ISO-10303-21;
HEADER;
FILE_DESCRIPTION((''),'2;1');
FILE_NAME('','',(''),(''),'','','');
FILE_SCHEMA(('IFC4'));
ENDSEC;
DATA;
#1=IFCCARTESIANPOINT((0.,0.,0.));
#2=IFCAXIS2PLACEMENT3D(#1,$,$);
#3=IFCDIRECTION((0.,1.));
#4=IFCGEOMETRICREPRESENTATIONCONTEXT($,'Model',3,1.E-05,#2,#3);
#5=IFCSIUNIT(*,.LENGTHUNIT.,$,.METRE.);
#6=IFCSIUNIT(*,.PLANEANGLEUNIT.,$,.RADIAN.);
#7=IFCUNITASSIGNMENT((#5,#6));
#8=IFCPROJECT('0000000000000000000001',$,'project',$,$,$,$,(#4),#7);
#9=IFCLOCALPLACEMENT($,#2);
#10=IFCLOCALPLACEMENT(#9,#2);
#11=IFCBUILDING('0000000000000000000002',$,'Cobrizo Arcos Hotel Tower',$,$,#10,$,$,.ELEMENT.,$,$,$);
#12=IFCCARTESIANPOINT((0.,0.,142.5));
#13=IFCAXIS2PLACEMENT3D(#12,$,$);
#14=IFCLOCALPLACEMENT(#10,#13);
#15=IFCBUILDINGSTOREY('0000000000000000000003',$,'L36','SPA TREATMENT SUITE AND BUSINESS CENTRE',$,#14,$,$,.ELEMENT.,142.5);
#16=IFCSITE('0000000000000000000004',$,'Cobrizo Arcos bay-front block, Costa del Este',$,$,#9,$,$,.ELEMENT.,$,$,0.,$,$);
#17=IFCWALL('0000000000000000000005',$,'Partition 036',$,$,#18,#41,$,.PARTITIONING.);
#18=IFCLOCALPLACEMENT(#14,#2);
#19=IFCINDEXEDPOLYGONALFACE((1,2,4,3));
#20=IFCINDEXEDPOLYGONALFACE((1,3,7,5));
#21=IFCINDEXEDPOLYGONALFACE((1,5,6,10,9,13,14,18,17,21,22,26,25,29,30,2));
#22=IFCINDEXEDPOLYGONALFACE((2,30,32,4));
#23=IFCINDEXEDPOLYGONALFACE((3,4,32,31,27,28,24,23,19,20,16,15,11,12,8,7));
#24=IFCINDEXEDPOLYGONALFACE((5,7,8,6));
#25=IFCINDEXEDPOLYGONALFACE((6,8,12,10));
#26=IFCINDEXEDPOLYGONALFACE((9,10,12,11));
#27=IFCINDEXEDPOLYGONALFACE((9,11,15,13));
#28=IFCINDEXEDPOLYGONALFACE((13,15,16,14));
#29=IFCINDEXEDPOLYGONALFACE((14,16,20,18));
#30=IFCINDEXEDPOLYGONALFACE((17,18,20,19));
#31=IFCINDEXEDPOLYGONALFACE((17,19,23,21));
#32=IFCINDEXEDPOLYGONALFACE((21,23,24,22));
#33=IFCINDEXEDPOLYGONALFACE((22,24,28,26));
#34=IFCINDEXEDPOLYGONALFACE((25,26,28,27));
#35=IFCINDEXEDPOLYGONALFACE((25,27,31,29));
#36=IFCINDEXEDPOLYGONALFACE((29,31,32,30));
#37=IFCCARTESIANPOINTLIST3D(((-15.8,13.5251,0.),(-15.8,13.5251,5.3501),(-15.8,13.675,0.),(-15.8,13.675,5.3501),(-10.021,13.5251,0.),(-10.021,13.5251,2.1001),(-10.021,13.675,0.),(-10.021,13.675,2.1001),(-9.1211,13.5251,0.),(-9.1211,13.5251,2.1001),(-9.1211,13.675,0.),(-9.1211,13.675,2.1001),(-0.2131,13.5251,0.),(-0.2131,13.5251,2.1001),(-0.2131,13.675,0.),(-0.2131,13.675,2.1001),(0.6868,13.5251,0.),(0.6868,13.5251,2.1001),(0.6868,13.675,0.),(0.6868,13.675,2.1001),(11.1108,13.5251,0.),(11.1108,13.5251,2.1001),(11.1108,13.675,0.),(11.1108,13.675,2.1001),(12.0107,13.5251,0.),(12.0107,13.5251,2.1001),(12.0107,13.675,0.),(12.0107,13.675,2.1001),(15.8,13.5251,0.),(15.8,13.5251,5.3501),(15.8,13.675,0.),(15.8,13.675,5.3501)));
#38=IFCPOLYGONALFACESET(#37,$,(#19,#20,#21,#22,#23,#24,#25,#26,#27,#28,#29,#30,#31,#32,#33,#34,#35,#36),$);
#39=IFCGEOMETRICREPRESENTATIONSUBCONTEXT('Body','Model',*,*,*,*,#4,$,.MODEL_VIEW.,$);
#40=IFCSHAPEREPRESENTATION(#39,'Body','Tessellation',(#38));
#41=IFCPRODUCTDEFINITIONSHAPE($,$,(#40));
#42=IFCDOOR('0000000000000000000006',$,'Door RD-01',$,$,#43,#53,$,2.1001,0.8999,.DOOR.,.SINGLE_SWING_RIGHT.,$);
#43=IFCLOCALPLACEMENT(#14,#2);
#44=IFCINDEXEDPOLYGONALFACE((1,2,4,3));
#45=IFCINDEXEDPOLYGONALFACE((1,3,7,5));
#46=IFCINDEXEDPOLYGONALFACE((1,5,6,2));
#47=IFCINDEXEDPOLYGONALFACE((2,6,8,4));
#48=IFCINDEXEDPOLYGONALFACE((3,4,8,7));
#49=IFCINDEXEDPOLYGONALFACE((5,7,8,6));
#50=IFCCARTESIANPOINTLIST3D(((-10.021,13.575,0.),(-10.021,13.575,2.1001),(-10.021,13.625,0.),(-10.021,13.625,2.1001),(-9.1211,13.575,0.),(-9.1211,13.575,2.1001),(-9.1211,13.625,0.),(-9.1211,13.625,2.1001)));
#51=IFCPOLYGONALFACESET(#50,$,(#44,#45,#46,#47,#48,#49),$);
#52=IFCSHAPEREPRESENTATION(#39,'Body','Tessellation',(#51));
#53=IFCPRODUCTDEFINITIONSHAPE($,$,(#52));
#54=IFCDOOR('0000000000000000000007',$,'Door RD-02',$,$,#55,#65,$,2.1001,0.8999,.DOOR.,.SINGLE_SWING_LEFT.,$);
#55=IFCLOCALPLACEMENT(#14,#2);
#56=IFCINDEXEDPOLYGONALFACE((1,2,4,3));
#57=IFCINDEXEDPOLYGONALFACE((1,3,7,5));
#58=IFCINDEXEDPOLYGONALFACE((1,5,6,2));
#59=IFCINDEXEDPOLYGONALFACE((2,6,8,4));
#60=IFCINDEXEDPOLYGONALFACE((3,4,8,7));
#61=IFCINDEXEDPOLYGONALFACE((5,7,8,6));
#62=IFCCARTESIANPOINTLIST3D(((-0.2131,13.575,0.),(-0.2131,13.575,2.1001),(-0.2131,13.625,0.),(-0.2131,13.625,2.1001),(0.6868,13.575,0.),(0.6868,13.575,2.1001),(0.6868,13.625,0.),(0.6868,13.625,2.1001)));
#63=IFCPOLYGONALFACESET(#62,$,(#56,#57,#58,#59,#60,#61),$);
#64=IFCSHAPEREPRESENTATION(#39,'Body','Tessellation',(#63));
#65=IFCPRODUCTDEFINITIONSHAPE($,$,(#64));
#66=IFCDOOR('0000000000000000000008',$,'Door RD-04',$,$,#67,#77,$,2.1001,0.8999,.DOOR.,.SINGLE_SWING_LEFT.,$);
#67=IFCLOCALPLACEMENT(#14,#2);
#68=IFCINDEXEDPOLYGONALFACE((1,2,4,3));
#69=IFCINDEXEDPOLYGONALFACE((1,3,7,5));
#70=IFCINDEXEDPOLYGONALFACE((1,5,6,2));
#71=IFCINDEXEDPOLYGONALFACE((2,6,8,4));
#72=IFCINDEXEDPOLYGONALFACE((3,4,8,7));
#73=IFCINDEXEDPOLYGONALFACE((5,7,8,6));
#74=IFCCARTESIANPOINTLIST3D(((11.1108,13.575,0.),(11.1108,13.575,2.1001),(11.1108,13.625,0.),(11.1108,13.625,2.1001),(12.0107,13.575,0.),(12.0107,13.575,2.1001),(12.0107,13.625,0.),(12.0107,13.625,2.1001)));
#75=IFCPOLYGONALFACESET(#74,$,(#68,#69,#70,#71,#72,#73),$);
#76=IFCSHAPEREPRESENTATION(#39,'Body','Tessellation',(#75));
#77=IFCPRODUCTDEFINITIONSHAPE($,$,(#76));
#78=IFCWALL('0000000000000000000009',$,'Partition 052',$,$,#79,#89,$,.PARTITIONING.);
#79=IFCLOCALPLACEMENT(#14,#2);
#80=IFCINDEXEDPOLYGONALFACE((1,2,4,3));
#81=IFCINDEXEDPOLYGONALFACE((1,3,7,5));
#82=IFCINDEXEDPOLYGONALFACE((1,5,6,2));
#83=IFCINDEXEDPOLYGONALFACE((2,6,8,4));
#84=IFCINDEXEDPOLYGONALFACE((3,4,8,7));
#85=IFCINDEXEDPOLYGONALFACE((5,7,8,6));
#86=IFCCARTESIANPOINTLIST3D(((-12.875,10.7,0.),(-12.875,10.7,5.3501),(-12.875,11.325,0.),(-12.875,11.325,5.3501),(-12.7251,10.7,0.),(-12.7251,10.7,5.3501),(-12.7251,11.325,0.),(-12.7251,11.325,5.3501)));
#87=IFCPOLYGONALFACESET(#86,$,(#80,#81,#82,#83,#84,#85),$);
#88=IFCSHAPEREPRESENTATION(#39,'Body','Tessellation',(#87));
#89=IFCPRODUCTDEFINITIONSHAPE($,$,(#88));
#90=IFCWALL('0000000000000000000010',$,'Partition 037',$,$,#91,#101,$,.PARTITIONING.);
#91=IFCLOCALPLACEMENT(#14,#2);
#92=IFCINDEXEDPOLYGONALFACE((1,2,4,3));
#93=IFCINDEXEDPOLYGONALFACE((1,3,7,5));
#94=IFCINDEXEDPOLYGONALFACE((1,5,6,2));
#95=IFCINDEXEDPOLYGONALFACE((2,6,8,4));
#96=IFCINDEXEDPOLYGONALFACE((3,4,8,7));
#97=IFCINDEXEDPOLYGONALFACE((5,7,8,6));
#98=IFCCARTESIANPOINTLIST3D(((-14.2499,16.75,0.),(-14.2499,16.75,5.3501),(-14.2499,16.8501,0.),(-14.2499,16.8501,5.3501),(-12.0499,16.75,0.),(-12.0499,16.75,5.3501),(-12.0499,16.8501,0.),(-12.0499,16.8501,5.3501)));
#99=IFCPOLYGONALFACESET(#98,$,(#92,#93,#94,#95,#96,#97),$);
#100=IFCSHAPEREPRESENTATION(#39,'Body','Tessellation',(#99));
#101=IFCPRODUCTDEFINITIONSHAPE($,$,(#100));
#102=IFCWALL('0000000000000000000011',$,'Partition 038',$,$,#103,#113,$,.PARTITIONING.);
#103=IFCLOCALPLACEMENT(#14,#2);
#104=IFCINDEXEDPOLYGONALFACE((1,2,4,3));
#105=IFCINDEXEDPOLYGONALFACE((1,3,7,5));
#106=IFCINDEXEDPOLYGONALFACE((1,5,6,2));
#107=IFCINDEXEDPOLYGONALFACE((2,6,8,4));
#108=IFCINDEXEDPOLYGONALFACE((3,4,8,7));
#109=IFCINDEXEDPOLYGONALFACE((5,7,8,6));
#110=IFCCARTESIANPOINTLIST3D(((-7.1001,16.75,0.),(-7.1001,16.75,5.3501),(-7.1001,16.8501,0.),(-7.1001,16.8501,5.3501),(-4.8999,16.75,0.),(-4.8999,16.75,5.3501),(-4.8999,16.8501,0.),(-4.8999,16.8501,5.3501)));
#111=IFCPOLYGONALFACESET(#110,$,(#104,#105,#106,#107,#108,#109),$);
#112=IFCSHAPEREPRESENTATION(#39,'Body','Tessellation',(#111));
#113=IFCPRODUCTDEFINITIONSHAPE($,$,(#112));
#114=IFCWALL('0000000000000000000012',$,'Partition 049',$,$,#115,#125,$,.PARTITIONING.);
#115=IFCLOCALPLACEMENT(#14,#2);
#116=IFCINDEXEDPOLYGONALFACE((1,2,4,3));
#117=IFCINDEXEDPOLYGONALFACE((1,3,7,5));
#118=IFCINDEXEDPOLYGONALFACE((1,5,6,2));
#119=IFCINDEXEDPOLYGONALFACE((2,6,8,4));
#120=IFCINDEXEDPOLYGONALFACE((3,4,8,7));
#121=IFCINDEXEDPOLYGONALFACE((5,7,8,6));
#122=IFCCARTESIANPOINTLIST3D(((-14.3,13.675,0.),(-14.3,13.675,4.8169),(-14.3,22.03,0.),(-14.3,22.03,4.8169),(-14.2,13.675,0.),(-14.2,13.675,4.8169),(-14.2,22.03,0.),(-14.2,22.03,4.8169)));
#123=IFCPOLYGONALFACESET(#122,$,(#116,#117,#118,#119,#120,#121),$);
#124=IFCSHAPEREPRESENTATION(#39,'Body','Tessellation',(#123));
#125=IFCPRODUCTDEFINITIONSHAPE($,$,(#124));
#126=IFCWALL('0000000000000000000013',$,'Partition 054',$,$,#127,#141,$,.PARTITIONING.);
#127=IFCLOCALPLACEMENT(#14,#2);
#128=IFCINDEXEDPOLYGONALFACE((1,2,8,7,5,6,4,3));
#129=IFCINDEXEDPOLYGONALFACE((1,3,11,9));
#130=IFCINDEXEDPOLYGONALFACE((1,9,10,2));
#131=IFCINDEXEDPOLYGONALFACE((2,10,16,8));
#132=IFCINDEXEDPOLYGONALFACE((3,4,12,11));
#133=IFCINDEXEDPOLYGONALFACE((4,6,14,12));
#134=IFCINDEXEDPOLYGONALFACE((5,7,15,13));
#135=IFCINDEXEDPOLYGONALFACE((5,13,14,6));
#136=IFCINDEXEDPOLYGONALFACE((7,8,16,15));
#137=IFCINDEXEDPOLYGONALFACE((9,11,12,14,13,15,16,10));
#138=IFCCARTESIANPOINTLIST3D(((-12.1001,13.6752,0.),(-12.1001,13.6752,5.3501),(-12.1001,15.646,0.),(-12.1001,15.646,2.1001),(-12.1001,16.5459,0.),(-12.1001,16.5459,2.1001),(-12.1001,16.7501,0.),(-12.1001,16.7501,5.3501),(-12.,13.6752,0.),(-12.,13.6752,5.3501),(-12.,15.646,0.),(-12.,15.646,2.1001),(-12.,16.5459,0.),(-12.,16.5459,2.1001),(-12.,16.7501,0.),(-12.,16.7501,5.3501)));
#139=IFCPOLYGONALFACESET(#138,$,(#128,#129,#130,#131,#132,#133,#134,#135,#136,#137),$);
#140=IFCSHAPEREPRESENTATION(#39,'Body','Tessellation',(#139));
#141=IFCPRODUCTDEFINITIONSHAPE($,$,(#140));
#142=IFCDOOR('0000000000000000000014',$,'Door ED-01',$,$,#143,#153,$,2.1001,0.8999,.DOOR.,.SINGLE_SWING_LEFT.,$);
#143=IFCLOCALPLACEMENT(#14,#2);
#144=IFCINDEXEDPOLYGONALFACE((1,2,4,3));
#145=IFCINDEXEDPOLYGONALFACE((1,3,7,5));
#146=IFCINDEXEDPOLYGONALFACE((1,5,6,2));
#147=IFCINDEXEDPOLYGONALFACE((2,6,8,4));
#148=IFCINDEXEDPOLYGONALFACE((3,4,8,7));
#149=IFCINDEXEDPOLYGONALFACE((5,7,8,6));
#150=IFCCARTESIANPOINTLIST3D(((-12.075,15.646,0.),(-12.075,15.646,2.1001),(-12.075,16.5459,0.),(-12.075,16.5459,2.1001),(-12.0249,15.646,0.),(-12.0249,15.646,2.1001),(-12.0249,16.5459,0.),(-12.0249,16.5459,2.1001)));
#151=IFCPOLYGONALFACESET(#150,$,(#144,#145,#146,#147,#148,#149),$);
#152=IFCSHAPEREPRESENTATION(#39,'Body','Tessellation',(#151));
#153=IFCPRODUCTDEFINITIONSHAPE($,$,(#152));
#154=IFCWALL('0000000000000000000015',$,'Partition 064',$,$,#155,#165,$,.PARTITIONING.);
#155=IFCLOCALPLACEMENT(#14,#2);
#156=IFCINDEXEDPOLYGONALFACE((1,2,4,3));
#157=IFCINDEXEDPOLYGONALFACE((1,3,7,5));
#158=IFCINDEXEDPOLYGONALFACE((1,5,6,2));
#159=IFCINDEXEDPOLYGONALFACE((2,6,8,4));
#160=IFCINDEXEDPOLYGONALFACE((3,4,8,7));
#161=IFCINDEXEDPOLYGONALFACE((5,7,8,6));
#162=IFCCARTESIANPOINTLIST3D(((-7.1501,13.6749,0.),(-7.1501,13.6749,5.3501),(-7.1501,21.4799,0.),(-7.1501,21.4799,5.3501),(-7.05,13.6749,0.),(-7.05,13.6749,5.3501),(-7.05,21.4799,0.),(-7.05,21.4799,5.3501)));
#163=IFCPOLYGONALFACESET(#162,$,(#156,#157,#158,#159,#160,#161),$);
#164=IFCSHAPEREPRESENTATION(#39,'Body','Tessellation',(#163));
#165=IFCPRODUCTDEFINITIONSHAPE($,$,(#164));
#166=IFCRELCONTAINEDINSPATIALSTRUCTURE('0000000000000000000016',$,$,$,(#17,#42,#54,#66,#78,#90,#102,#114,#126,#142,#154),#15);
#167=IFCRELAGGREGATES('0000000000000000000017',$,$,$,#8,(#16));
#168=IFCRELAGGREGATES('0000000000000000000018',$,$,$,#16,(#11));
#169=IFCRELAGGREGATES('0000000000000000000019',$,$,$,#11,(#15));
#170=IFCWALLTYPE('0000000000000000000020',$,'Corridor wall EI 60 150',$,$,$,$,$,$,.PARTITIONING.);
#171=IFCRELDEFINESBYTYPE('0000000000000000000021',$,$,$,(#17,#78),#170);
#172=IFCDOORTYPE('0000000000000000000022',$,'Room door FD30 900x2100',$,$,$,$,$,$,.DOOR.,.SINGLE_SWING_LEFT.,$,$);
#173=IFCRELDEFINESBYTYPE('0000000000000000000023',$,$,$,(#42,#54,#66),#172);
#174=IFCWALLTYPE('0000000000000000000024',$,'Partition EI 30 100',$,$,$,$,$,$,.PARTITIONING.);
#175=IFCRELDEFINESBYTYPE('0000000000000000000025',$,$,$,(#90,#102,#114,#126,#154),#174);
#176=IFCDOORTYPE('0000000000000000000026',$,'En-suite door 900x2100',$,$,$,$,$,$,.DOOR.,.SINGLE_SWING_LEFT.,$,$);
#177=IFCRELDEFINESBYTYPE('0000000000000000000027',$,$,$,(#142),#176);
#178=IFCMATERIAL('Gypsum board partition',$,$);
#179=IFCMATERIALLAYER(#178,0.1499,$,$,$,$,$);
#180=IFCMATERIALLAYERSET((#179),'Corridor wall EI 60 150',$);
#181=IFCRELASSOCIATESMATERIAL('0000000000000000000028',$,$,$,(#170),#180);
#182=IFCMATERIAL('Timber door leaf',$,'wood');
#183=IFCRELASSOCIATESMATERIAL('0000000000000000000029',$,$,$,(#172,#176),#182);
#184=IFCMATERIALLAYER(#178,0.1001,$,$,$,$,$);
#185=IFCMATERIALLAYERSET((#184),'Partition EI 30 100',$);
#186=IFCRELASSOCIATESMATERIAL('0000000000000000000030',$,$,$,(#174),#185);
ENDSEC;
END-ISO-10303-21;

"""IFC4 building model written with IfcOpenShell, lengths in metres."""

from ifc_helpers import new_model, si_unit, direction, frame, frame_2d, origin, place, context, subcontext, project, spatial, rectangle, extrude, material, layer, layer_set, type_object, element, fill, save


model = new_model("IFC4")

# Units and contexts
model_context = context("Model", 3, precision=1e-05, world=origin(), true_north=direction((0.0, 1.0)))
body_context = subcontext(model_context, "Body", "Model", "MODEL_VIEW")
ifc_project = project(units=[si_unit("LENGTHUNIT", "METRE"), si_unit("PLANEANGLEUNIT", "RADIAN")], contexts=[model_context])

# Site, building, storey
site_placement = place(None, origin())
site = spatial("IfcSite", under=ifc_project, at=site_placement, Name="Cobrizo Arcos bay-front block, Costa del Este", CompositionType="ELEMENT", RefElevation=0.0)
building_placement = place(site_placement, origin())
building = spatial("IfcBuilding", under=site, at=building_placement, Name="Cobrizo Arcos Hotel Tower", CompositionType="ELEMENT")
storey_placement = place(building_placement, frame((0.0, 0.0, 142.5)))
storey = spatial("IfcBuildingStorey", under=building, at=storey_placement, Name="L36", Description="SPA TREATMENT SUITE AND BUSINESS CENTRE", CompositionType="ELEMENT", Elevation=142.5)

# Shared definitions
ifc_material_1 = material(Name="Gypsum board partition")
ifc_layer_1 = layer(ifc_material_1, 0.1499)
ifc_layer_set_1 = layer_set([ifc_layer_1], Name="Corridor wall EI 60 150")
wall_type_1 = type_object("IfcWallType", Name="Corridor wall EI 60 150", PredefinedType="PARTITIONING", material=ifc_layer_set_1)
ifc_material_2 = material(Name="Timber door leaf", Category="wood")
door_type_1 = type_object("IfcDoorType", Name="Room door FD30 900x2100", OperationType="SINGLE_SWING_LEFT", PredefinedType="DOOR", material=ifc_material_2)

# Wall, openings, doors
wall_1_placement = place(storey_placement, frame((-15.8, 13.6001, 0.0), z_axis=(0.0, 0.0, 1.0), x_axis=(1.0, 0.0, 0.0)))
wall_1 = element("IfcWall", 1, at=wall_1_placement, inside=storey, type_object=wall_type_1, Name="Partition 036", PredefinedType="PARTITIONING", context=body_context, shape_type="SweptSolid", body=[
    extrude(rectangle(XDim=31.6001, YDim=0.1499, at=frame_2d((15.8, 0.0))), origin(), (0.0, 0.0, 1.0), 5.3501),
])
opening_1_placement = place(wall_1_placement, frame((5.7791, 0.0, 0.0)))
opening_1 = element("IfcOpeningElement", 2, at=opening_1_placement, cuts=wall_1, PredefinedType="OPENING", context=body_context, shape_type="SweptSolid", body=[
    extrude(rectangle(XDim=0.8999, YDim=2.1001, at=frame_2d((0.45, 1.05))), frame((0.0, 0.0869, 0.0), z_axis=(0.0, -1.0, 0.0), x_axis=(1.0, 0.0, 0.0)), (0.0, 0.0, 1.0), 0.1738),
])
opening_2_placement = place(wall_1_placement, frame((15.5869, 0.0, 0.0)))
opening_2 = element("IfcOpeningElement", 3, at=opening_2_placement, cuts=wall_1, PredefinedType="OPENING", context=body_context, shape_type="SweptSolid", body=[
    extrude(rectangle(XDim=0.8999, YDim=2.1001, at=frame_2d((0.45, 1.05))), frame((0.0, 0.0869, 0.0), z_axis=(0.0, -1.0, 0.0), x_axis=(1.0, 0.0, 0.0)), (0.0, 0.0, 1.0), 0.1738),
])
opening_3_placement = place(wall_1_placement, frame((26.9109, 0.0, 0.0)))
opening_3 = element("IfcOpeningElement", 4, at=opening_3_placement, cuts=wall_1, PredefinedType="OPENING", context=body_context, shape_type="SweptSolid", body=[
    extrude(rectangle(XDim=0.8999, YDim=2.1001, at=frame_2d((0.45, 1.05))), frame((0.0, 0.0869, 0.0), z_axis=(0.0, -1.0, 0.0), x_axis=(1.0, 0.0, 0.0)), (0.0, 0.0, 1.0), 0.1738),
])
door_1_placement = place(opening_1_placement, origin())
door_1 = element("IfcDoor", 5, at=door_1_placement, inside=storey, type_object=door_type_1, Name="Door RD-01", OperationType="SINGLE_SWING_RIGHT", OverallHeight=2.1001, OverallWidth=0.8999, PredefinedType="DOOR", context=body_context, shape_type="SweptSolid", body=[
    extrude(rectangle(XDim=0.8999, YDim=2.1001, at=frame_2d((0.45, 1.05))), frame((0.0, 0.0249, 0.0), z_axis=(0.0, -1.0, 0.0), x_axis=(1.0, 0.0, 0.0)), (0.0, 0.0, 1.0), 0.05),
])
fill(opening_1, door_1)
door_2_placement = place(opening_2_placement, origin())
door_2 = element("IfcDoor", 6, at=door_2_placement, inside=storey, type_object=door_type_1, Name="Door RD-02", OperationType="SINGLE_SWING_LEFT", OverallHeight=2.1001, OverallWidth=0.8999, PredefinedType="DOOR", context=body_context, shape_type="SweptSolid", body=[
    extrude(rectangle(XDim=0.8999, YDim=2.1001, at=frame_2d((0.45, 1.05))), frame((0.0, 0.0249, 0.0), z_axis=(0.0, -1.0, 0.0), x_axis=(1.0, 0.0, 0.0)), (0.0, 0.0, 1.0), 0.05),
])
fill(opening_2, door_2)
door_3_placement = place(opening_3_placement, origin())
door_3 = element("IfcDoor", 7, at=door_3_placement, inside=storey, type_object=door_type_1, Name="Door RD-04", OperationType="SINGLE_SWING_LEFT", OverallHeight=2.1001, OverallWidth=0.8999, PredefinedType="DOOR", context=body_context, shape_type="SweptSolid", body=[
    extrude(rectangle(XDim=0.8999, YDim=2.1001, at=frame_2d((0.45, 1.05))), frame((0.0, 0.0249, 0.0), z_axis=(0.0, -1.0, 0.0), x_axis=(1.0, 0.0, 0.0)), (0.0, 0.0, 1.0), 0.05),
])
fill(opening_3, door_3)

# Walls
wall_2_placement = place(storey_placement, frame((-12.8, 10.7, 0.0), z_axis=(0.0, 0.0, 1.0), x_axis=(0.0, 1.0, 0.0)))
element("IfcWall", 8, at=wall_2_placement, inside=storey, type_object=wall_type_1, Name="Partition 052", PredefinedType="PARTITIONING", context=body_context, shape_type="SweptSolid", body=[
    extrude(rectangle(XDim=0.625, YDim=0.1499, at=frame_2d((0.3125, 0.0))), origin(), (0.0, 0.0, 1.0), 5.3501),
])
ifc_layer_2 = layer(ifc_material_1, 0.1001)
ifc_layer_set_2 = layer_set([ifc_layer_2], Name="Partition EI 30 100")
wall_type_2 = type_object("IfcWallType", Name="Partition EI 30 100", PredefinedType="PARTITIONING", material=ifc_layer_set_2)
wall_3_placement = place(storey_placement, frame((-14.25, 16.8, 0.0), z_axis=(0.0, 0.0, 1.0), x_axis=(1.0, 0.0, 0.0)))
element("IfcWall", 9, at=wall_3_placement, inside=storey, type_object=wall_type_2, Name="Partition 037", PredefinedType="PARTITIONING", context=body_context, shape_type="SweptSolid", body=[
    extrude(rectangle(XDim=2.2, YDim=0.1001, at=frame_2d((1.1001, 0.0))), origin(), (0.0, 0.0, 1.0), 5.3501),
])
wall_4_placement = place(storey_placement, frame((-7.1001, 16.8, 0.0), z_axis=(0.0, 0.0, 1.0), x_axis=(1.0, 0.0, 0.0)))
element("IfcWall", 10, at=wall_4_placement, inside=storey, type_object=wall_type_2, Name="Partition 038", PredefinedType="PARTITIONING", context=body_context, shape_type="SweptSolid", body=[
    extrude(rectangle(XDim=2.2002, YDim=0.1001, at=frame_2d((1.1001, 0.0))), origin(), (0.0, 0.0, 1.0), 5.3501),
])
wall_5_placement = place(storey_placement, frame((-14.25, 13.675, 0.0), z_axis=(0.0, 0.0, 1.0), x_axis=(0.0, 1.0, 0.0)))
element("IfcWall", 11, at=wall_5_placement, inside=storey, type_object=wall_type_2, Name="Partition 049", PredefinedType="PARTITIONING", context=body_context, shape_type="SweptSolid", body=[
    extrude(rectangle(XDim=8.355, YDim=0.1001, at=frame_2d((4.1775, 0.0))), origin(), (0.0, 0.0, 1.0), 4.8169),
])

# Wall, opening, door
wall_6_placement = place(storey_placement, frame((-12.05, 13.675, 0.0), z_axis=(0.0, 0.0, 1.0), x_axis=(0.0, 1.0, 0.0)))
wall_6 = element("IfcWall", 12, at=wall_6_placement, inside=storey, type_object=wall_type_2, Name="Partition 054", PredefinedType="PARTITIONING", context=body_context, shape_type="SweptSolid", body=[
    extrude(rectangle(XDim=3.075, YDim=0.1001, at=frame_2d((1.5376, 0.0))), origin(), (0.0, 0.0, 1.0), 5.3501),
])
opening_4_placement = place(wall_6_placement, frame((1.9709, 0.0, 0.0)))
opening_4 = element("IfcOpeningElement", 13, at=opening_4_placement, cuts=wall_6, PredefinedType="OPENING", context=body_context, shape_type="SweptSolid", body=[
    extrude(rectangle(XDim=0.8999, YDim=2.1001, at=frame_2d((0.45, 1.05))), frame((0.0, 0.062, 0.0), z_axis=(0.0, -1.0, 0.0), x_axis=(1.0, 0.0, 0.0)), (0.0, 0.0, 1.0), 0.124),
])
door_type_2 = type_object("IfcDoorType", Name="En-suite door 900x2100", OperationType="SINGLE_SWING_LEFT", PredefinedType="DOOR", material=ifc_material_2)
door_4_placement = place(opening_4_placement, origin())
door_4 = element("IfcDoor", 14, at=door_4_placement, inside=storey, type_object=door_type_2, Name="Door ED-01", OperationType="SINGLE_SWING_LEFT", OverallHeight=2.1001, OverallWidth=0.8999, PredefinedType="DOOR", context=body_context, shape_type="SweptSolid", body=[
    extrude(rectangle(XDim=0.8999, YDim=2.1001, at=frame_2d((0.45, 1.05))), frame((0.0, 0.0249, 0.0), z_axis=(0.0, -1.0, 0.0), x_axis=(1.0, 0.0, 0.0)), (0.0, 0.0, 1.0), 0.05),
])
fill(opening_4, door_4)

# Wall
wall_7_placement = place(storey_placement, frame((-7.1001, 13.675, 0.0), z_axis=(0.0, 0.0, 1.0), x_axis=(0.0, 1.0, 0.0)))
element("IfcWall", 15, at=wall_7_placement, inside=storey, type_object=wall_type_2, Name="Partition 064", PredefinedType="PARTITIONING", context=body_context, shape_type="SweptSolid", body=[
    extrude(rectangle(XDim=7.8049, YDim=0.1001, at=frame_2d((3.9023, 0.0))), origin(), (0.0, 0.0, 1.0), 5.3501),
])

save(model, "model.ifc")
